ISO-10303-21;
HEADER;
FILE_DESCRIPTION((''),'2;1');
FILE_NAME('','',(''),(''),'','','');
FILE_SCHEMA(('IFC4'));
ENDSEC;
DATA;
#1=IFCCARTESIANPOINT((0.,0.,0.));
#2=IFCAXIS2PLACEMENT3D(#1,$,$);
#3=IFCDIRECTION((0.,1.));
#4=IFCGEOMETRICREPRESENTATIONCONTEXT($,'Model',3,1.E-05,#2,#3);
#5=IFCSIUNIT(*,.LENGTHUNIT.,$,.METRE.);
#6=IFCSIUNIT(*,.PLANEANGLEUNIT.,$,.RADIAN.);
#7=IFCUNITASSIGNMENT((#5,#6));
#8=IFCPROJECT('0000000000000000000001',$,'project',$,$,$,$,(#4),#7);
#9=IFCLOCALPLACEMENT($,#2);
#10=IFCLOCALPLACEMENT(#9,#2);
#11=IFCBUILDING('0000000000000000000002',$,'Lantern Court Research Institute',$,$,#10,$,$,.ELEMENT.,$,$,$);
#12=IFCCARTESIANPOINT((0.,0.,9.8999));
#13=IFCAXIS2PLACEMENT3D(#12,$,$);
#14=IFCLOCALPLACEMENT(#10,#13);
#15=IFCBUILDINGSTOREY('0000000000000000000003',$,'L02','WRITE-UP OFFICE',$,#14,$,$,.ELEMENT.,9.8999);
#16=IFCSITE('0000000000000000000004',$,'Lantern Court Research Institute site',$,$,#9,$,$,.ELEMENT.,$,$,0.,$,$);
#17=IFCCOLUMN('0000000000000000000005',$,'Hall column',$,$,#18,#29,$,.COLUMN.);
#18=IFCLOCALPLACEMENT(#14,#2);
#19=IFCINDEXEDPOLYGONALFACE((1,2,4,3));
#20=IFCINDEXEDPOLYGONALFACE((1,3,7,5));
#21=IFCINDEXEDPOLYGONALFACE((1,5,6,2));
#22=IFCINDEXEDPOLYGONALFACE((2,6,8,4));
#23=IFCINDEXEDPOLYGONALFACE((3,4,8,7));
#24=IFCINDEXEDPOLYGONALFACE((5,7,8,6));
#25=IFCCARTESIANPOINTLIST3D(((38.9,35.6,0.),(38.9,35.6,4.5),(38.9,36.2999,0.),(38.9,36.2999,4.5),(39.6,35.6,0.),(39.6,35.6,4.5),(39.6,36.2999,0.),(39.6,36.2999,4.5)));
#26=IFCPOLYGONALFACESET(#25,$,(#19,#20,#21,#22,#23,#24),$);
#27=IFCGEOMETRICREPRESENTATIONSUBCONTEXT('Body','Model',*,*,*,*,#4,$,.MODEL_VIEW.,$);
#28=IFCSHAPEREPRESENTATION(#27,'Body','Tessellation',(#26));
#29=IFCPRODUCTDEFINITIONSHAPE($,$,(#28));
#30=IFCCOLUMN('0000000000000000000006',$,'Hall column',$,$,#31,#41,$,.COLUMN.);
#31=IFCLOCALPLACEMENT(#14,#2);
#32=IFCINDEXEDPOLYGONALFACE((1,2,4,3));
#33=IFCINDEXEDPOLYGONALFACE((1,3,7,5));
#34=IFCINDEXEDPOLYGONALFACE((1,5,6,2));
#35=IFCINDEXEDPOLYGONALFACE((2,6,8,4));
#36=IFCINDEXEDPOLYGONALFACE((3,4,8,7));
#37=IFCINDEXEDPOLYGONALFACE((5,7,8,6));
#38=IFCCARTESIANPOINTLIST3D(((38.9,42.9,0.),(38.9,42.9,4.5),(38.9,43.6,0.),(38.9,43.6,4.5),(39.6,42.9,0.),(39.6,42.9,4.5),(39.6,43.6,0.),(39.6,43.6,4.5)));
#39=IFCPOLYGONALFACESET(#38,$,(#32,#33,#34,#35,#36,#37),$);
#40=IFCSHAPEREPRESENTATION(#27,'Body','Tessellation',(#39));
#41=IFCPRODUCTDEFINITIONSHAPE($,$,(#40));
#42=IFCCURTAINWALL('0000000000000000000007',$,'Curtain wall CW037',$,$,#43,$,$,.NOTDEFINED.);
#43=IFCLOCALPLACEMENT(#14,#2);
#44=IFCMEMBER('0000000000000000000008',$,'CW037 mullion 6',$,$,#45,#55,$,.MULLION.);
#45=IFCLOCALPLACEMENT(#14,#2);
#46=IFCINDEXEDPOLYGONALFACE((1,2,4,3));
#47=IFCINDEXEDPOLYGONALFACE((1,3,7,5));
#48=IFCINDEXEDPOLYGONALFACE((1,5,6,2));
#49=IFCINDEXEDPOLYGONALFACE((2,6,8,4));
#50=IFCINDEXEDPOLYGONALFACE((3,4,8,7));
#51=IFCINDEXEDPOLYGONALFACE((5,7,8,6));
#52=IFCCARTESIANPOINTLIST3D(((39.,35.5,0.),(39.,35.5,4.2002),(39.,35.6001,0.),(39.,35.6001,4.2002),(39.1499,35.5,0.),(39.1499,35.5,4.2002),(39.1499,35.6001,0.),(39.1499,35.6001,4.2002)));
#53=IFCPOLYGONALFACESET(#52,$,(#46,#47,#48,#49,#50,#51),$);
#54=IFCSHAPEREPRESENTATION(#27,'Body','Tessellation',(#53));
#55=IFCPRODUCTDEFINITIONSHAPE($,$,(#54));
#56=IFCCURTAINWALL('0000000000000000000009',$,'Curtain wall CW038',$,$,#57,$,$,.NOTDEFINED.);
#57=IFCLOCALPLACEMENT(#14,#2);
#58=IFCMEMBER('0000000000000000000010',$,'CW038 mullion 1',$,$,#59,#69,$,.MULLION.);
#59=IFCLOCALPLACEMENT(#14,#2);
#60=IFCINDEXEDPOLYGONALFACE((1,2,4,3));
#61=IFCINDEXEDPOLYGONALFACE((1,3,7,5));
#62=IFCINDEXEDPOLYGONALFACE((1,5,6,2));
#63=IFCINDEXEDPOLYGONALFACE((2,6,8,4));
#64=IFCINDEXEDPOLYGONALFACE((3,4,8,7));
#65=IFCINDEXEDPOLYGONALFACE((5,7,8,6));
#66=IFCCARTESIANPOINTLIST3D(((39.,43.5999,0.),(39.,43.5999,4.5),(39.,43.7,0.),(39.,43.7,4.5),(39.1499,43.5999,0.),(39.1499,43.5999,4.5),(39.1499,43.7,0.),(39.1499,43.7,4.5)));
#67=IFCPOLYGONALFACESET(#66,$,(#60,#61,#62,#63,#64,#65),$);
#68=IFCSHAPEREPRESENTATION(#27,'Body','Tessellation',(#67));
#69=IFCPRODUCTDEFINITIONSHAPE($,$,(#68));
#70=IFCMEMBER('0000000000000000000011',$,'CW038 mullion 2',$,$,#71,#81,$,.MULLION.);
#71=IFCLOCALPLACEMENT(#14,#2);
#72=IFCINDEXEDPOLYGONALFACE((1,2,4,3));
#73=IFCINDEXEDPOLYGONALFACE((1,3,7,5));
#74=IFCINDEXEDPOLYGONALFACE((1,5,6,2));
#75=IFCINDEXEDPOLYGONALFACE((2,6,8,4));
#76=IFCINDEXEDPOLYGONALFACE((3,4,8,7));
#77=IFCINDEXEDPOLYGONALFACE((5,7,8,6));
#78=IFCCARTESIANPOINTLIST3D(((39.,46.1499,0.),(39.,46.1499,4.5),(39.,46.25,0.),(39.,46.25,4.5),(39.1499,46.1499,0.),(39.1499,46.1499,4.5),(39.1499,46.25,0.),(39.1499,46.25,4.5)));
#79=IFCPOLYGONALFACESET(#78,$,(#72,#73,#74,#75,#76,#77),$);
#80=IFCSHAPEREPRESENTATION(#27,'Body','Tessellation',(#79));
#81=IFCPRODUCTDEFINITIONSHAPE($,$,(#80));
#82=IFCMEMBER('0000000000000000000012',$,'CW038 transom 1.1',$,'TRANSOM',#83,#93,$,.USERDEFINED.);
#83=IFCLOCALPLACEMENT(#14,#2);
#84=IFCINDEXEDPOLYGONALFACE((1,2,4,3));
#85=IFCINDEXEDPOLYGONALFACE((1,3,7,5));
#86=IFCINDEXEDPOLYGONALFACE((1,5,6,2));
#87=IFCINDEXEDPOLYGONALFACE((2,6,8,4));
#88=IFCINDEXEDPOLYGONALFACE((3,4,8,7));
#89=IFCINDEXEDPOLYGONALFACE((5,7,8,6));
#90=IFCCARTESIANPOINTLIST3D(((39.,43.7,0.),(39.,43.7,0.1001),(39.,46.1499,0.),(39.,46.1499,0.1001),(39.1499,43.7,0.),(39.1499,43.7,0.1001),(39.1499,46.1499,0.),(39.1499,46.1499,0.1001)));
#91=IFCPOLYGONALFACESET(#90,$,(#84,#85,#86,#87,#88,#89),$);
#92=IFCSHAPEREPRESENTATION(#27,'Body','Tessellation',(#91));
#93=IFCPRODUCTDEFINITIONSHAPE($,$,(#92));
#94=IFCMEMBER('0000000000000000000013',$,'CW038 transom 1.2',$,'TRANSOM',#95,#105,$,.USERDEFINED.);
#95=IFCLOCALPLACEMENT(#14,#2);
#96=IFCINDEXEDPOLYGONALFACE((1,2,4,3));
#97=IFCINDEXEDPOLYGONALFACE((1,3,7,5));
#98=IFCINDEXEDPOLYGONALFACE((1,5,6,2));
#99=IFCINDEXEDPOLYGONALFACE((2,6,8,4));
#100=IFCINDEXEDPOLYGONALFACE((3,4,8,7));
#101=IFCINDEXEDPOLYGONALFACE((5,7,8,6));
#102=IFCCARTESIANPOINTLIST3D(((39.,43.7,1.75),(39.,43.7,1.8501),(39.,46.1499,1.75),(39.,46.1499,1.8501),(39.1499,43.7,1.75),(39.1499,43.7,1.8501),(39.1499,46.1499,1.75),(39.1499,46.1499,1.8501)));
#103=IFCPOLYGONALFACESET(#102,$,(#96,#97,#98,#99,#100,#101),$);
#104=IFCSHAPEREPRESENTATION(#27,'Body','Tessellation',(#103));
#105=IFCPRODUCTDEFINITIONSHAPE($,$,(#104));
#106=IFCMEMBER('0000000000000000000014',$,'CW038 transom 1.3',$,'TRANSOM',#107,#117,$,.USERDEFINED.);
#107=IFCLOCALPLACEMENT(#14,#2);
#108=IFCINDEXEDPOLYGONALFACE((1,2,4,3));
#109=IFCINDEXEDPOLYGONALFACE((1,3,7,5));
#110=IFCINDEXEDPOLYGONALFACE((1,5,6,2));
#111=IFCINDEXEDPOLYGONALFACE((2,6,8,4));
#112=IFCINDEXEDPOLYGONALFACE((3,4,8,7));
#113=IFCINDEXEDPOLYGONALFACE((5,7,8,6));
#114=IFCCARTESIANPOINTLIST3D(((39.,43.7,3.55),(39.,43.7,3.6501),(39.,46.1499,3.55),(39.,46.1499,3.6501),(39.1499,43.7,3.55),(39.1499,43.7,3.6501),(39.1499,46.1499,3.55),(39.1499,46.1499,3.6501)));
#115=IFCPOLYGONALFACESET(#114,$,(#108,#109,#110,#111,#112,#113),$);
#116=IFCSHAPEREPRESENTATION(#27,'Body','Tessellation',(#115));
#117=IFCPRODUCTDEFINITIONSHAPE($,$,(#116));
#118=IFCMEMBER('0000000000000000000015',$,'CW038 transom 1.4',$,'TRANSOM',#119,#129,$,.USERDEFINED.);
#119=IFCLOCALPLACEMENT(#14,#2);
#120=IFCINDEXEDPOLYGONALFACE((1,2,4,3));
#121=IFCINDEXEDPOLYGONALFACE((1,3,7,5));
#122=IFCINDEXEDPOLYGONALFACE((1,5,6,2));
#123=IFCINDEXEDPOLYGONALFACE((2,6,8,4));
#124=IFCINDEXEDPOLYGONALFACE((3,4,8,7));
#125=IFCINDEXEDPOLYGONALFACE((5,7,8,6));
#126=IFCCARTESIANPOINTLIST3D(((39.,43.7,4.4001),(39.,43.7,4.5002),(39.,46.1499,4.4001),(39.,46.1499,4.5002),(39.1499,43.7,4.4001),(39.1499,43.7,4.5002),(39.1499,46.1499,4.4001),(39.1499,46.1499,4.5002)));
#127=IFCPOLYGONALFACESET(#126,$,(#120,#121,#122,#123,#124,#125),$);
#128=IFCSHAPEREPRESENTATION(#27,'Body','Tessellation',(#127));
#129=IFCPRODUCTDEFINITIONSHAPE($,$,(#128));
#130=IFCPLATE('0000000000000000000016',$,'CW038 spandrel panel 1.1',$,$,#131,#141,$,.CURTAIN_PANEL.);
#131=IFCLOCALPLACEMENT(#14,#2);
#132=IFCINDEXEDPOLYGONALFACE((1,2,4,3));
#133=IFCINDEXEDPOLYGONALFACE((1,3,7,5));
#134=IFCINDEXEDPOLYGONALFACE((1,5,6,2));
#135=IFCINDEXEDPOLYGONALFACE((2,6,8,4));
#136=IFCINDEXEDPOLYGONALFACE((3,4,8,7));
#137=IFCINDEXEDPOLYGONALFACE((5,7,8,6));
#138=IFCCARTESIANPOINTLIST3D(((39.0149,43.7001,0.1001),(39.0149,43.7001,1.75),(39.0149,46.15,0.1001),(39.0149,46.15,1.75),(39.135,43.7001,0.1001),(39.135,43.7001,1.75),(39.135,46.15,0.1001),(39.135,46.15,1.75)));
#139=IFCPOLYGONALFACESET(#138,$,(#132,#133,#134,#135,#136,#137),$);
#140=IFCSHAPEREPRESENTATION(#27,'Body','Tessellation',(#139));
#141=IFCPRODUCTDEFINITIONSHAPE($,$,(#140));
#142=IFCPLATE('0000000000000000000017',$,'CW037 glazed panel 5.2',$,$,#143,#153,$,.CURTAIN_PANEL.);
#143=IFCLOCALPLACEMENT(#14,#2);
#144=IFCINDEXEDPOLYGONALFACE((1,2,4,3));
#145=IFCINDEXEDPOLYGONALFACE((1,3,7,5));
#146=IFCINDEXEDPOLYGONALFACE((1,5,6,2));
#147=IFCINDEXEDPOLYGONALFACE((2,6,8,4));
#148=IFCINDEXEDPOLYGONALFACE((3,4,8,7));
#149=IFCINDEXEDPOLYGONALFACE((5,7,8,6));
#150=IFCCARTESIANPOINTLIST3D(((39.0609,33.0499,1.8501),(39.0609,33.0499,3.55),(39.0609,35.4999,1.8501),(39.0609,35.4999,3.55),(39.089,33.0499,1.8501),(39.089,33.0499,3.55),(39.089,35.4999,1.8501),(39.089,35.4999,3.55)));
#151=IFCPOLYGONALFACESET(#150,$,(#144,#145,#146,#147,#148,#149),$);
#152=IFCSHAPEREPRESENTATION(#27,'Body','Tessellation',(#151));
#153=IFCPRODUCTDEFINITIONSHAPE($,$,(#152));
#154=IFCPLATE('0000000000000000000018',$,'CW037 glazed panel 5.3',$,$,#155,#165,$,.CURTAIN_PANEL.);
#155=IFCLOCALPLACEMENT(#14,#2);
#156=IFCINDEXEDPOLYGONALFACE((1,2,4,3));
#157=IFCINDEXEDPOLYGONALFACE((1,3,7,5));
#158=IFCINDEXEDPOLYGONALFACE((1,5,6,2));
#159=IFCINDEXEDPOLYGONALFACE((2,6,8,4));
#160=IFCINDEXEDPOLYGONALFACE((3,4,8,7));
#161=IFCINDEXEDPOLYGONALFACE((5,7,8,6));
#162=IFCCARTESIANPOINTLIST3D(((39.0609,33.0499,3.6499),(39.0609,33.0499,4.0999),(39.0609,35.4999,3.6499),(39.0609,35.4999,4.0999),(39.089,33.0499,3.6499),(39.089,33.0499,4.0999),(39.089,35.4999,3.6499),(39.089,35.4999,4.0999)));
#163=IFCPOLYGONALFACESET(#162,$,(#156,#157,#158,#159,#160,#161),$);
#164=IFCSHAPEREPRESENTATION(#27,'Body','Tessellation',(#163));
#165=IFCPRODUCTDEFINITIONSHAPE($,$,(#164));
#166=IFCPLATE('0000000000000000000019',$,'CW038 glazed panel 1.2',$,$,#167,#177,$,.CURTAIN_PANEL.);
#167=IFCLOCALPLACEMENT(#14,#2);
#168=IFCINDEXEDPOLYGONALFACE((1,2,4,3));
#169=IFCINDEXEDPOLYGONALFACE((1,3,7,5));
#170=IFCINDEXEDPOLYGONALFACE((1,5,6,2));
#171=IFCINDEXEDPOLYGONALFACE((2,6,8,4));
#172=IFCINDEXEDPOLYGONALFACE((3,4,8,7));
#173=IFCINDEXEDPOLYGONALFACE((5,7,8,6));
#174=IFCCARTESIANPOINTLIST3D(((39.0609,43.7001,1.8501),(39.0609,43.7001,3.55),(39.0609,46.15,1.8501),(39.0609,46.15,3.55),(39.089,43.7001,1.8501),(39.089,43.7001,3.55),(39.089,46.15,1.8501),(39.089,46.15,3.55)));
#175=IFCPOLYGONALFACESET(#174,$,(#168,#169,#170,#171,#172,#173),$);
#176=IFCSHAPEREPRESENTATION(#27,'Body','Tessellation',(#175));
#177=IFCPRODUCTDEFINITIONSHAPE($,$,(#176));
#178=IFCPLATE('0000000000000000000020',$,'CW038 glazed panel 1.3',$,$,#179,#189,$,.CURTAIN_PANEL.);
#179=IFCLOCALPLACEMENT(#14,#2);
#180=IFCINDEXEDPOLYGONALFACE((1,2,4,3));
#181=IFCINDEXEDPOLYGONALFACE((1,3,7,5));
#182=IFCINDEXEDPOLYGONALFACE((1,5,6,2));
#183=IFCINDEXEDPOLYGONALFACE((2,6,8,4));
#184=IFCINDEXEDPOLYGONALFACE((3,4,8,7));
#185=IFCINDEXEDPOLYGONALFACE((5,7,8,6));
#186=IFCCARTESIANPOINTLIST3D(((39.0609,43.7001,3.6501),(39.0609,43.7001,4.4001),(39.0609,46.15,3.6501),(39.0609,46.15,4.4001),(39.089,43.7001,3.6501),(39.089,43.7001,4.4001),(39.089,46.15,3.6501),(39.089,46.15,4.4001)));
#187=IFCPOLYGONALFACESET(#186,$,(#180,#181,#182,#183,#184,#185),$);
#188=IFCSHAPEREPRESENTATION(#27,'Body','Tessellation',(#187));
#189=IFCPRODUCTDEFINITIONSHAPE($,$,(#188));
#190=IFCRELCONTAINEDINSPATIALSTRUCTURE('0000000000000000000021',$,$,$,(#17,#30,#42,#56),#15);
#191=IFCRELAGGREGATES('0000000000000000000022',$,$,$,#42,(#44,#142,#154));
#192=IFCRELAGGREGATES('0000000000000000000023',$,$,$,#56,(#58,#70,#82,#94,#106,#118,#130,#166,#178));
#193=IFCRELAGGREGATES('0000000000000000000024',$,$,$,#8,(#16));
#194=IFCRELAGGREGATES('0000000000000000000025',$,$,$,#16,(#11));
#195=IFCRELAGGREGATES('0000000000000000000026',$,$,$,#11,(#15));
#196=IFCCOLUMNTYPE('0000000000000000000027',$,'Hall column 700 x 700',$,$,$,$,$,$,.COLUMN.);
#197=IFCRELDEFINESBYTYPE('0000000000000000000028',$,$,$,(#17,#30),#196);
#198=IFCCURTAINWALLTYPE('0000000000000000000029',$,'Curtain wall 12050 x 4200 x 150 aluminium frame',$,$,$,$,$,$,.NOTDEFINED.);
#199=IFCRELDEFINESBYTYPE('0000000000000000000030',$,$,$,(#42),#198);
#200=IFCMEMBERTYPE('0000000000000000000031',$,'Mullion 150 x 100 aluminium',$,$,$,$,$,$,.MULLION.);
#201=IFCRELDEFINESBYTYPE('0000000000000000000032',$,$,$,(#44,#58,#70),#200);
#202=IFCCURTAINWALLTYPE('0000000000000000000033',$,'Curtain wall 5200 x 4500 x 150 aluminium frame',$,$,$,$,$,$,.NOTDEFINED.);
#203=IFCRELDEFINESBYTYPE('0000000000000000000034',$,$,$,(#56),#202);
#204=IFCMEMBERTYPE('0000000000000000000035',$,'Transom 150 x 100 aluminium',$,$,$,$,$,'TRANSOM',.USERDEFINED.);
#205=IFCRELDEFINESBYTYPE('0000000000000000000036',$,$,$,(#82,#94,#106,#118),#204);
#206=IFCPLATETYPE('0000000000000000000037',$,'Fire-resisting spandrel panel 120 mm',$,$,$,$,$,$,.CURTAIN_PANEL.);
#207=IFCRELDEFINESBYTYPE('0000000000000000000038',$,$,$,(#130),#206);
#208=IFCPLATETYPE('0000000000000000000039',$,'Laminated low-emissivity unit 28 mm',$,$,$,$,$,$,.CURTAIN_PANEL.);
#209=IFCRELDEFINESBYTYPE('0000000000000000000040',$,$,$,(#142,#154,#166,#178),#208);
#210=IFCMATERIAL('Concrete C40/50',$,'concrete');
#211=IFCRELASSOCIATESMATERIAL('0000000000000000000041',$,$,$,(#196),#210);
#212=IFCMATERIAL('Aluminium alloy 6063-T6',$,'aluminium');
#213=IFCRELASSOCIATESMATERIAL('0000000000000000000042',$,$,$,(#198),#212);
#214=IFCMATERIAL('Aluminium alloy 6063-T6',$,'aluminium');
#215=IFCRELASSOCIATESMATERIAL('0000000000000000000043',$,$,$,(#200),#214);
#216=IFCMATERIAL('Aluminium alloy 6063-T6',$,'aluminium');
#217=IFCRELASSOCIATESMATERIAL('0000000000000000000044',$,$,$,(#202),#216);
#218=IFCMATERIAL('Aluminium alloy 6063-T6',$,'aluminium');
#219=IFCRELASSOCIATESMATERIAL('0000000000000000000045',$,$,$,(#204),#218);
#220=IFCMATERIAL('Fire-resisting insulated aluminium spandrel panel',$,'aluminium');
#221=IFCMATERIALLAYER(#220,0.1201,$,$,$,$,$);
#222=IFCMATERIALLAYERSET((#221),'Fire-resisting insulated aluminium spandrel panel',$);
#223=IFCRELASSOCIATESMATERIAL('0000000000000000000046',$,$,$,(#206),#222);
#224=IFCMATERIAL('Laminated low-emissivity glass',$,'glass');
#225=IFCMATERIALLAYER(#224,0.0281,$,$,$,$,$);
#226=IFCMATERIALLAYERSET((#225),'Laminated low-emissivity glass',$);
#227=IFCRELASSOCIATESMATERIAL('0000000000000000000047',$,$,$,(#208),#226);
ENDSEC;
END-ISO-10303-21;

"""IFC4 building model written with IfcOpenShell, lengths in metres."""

from ifc_helpers import new_model, si_unit, direction, frame, origin, origin_2d, place, context, subcontext, project, spatial, rectangle, extrude, material, layer, layer_set, material_profile, profile_set, type_object, element, aggregate, save


model = new_model("IFC4")

# Units and contexts
model_context = context("Model", 3, precision=1e-05, world=origin(), true_north=direction((0.0, 1.0)))
body_context = subcontext(model_context, "Body", "Model", "MODEL_VIEW")
ifc_project = project(units=[si_unit("LENGTHUNIT", "METRE"), si_unit("PLANEANGLEUNIT", "RADIAN")], contexts=[model_context])

# Site, building, storey
site_placement = place(None, origin())
site = spatial("IfcSite", under=ifc_project, at=site_placement, Name="Lantern Court Research Institute site", CompositionType="ELEMENT", RefElevation=0.0)
building_placement = place(site_placement, origin())
building = spatial("IfcBuilding", under=site, at=building_placement, Name="Lantern Court Research Institute", CompositionType="ELEMENT")
storey_placement = place(building_placement, frame((0.0, 0.0, 9.8999)))
storey = spatial("IfcBuildingStorey", under=building, at=storey_placement, Name="L02", Description="WRITE-UP OFFICE", CompositionType="ELEMENT", Elevation=9.8999)

# Columns
ifc_material_1 = material(Name="Concrete C40/50", Category="concrete")
ifc_material_profile_1 = material_profile(ifc_material_1, rectangle(XDim=0.7, YDim=0.7, at=origin_2d()), Name="Hall column 700 x 700")
ifc_profile_set_1 = profile_set([ifc_material_profile_1], Name="Concrete C40/50")
column_type = type_object("IfcColumnType", Name="Hall column 700 x 700", PredefinedType="COLUMN", material=ifc_profile_set_1)
for number, where, z_axis, x_axis, name in (
    (1, (39.25, 35.95, 0.0), (0.0, 0.0, 1.0), (1.0, 0.0, 0.0), "Hall column"),
    (2, (39.25, 43.25, 0.0), (0.0, 0.0, 1.0), (1.0, 0.0, 0.0), "Hall column"),
):
    element("IfcColumn", number, at=place(storey_placement, frame(where, z_axis=z_axis, x_axis=x_axis)), inside=storey, type_object=column_type, Name=name, PredefinedType="COLUMN", context=body_context, shape_type="SweptSolid", body=[
        extrude(rectangle(XDim=0.7, YDim=0.7, at=origin_2d()), origin(), (0.0, 0.0, 1.0), 4.5),
    ])

# Curtain wall, member
ifc_material_2 = material(Name="Aluminium alloy 6063-T6", Category="aluminium")
curtain_wall_type_1 = type_object("IfcCurtainWallType", Name="Curtain wall 12050 x 4200 x 150 aluminium frame", PredefinedType="NOTDEFINED", material=ifc_material_2)
curtain_wall_1_placement = place(storey_placement, origin())
curtain_wall_1 = element("IfcCurtainWall", 3, at=curtain_wall_1_placement, inside=storey, type_object=curtain_wall_type_1, Name="Curtain wall CW037", PredefinedType="NOTDEFINED")
ifc_material_3 = material(Name="Aluminium alloy 6063-T6", Category="aluminium")
ifc_material_profile_2 = material_profile(ifc_material_3, rectangle(XDim=0.1499, YDim=0.1001, at=origin_2d()), Name="Mullion 150 x 100")
ifc_profile_set_2 = profile_set([ifc_material_profile_2], Name="Aluminium alloy 6063-T6")
member_type_1 = type_object("IfcMemberType", Name="Mullion 150 x 100 aluminium", PredefinedType="MULLION", material=ifc_profile_set_2)
member_1_placement = place(storey_placement, frame((39.075, 35.55, 0.0), z_axis=(0.0, 0.0, 1.0), x_axis=(-1.0, 0.0, 0.0)))
member_1 = element("IfcMember", 4, at=member_1_placement, type_object=member_type_1, Name="CW037 mullion 6", PredefinedType="MULLION", context=body_context, shape_type="SweptSolid", body=[
    extrude(rectangle(XDim=0.1499, YDim=0.1001, at=origin_2d()), origin(), (0.0, 0.0, 1.0), 4.2002),
])

# Curtain wall, members, plate
ifc_material_4 = material(Name="Aluminium alloy 6063-T6", Category="aluminium")
curtain_wall_type_2 = type_object("IfcCurtainWallType", Name="Curtain wall 5200 x 4500 x 150 aluminium frame", PredefinedType="NOTDEFINED", material=ifc_material_4)
curtain_wall_2_placement = place(storey_placement, origin())
curtain_wall_2 = element("IfcCurtainWall", 5, at=curtain_wall_2_placement, inside=storey, type_object=curtain_wall_type_2, Name="Curtain wall CW038", PredefinedType="NOTDEFINED")
member_2_placement = place(storey_placement, frame((39.075, 43.6499, 0.0), z_axis=(0.0, 0.0, 1.0), x_axis=(-1.0, 0.0, 0.0)))
member_2 = element("IfcMember", 6, at=member_2_placement, type_object=member_type_1, Name="CW038 mullion 1", PredefinedType="MULLION", context=body_context, shape_type="SweptSolid", body=[
    extrude(rectangle(XDim=0.1499, YDim=0.1001, at=origin_2d()), origin(), (0.0, 0.0, 1.0), 4.5),
])
member_3_placement = place(storey_placement, frame((39.075, 46.2, 0.0), z_axis=(0.0, 0.0, 1.0), x_axis=(-1.0, 0.0, 0.0)))
member_3 = element("IfcMember", 7, at=member_3_placement, type_object=member_type_1, Name="CW038 mullion 2", PredefinedType="MULLION", context=body_context, shape_type="SweptSolid", body=[
    extrude(rectangle(XDim=0.1499, YDim=0.1001, at=origin_2d()), origin(), (0.0, 0.0, 1.0), 4.5),
])
ifc_material_5 = material(Name="Aluminium alloy 6063-T6", Category="aluminium")
ifc_material_profile_3 = material_profile(ifc_material_5, rectangle(XDim=0.1499, YDim=0.1001, at=origin_2d()), Name="Transom 150 x 100")
ifc_profile_set_3 = profile_set([ifc_material_profile_3], Name="Aluminium alloy 6063-T6")
member_type_2 = type_object("IfcMemberType", Name="Transom 150 x 100 aluminium", ElementType="TRANSOM", PredefinedType="USERDEFINED", material=ifc_profile_set_3)
member_4_placement = place(storey_placement, frame((39.075, 43.7, 0.05), z_axis=(0.0, 1.0, 0.0), x_axis=(-1.0, 0.0, 0.0)))
member_4 = element("IfcMember", 8, at=member_4_placement, type_object=member_type_2, Name="CW038 transom 1.1", ObjectType="TRANSOM", PredefinedType="USERDEFINED", context=body_context, shape_type="SweptSolid", body=[
    extrude(rectangle(XDim=0.1499, YDim=0.1001, at=origin_2d()), origin(), (0.0, 0.0, 1.0), 2.45),
])
member_5_placement = place(storey_placement, frame((39.075, 43.7, 1.8), z_axis=(0.0, 1.0, 0.0), x_axis=(-1.0, 0.0, 0.0)))
member_5 = element("IfcMember", 9, at=member_5_placement, type_object=member_type_2, Name="CW038 transom 1.2", ObjectType="TRANSOM", PredefinedType="USERDEFINED", context=body_context, shape_type="SweptSolid", body=[
    extrude(rectangle(XDim=0.1499, YDim=0.1001, at=origin_2d()), origin(), (0.0, 0.0, 1.0), 2.45),
])
member_6_placement = place(storey_placement, frame((39.075, 43.7, 3.6001), z_axis=(0.0, 1.0, 0.0), x_axis=(-1.0, 0.0, 0.0)))
member_6 = element("IfcMember", 10, at=member_6_placement, type_object=member_type_2, Name="CW038 transom 1.3", ObjectType="TRANSOM", PredefinedType="USERDEFINED", context=body_context, shape_type="SweptSolid", body=[
    extrude(rectangle(XDim=0.1499, YDim=0.1001, at=origin_2d()), origin(), (0.0, 0.0, 1.0), 2.45),
])
member_7_placement = place(storey_placement, frame((39.075, 43.7, 4.4502), z_axis=(0.0, 1.0, 0.0), x_axis=(-1.0, 0.0, 0.0)))
member_7 = element("IfcMember", 11, at=member_7_placement, type_object=member_type_2, Name="CW038 transom 1.4", ObjectType="TRANSOM", PredefinedType="USERDEFINED", context=body_context, shape_type="SweptSolid", body=[
    extrude(rectangle(XDim=0.1499, YDim=0.1001, at=origin_2d()), origin(), (0.0, 0.0, 1.0), 2.45),
])
ifc_material_6 = material(Name="Fire-resisting insulated aluminium spandrel panel", Category="aluminium")
ifc_layer_1 = layer(ifc_material_6, 0.1201)
ifc_layer_set_1 = layer_set([ifc_layer_1], Name="Fire-resisting insulated aluminium spandrel panel")
plate_type_1 = type_object("IfcPlateType", Name="Fire-resisting spandrel panel 120 mm", PredefinedType="CURTAIN_PANEL", material=ifc_layer_set_1)
plate_1_placement = place(storey_placement, frame((39.075, 44.925, 0.1001), z_axis=(0.0, 0.0, 1.0), x_axis=(0.0, 1.0, 0.0)))
plate_1 = element("IfcPlate", 12, at=plate_1_placement, type_object=plate_type_1, Name="CW038 spandrel panel 1.1", PredefinedType="CURTAIN_PANEL", context=body_context, shape_type="SweptSolid", body=[
    extrude(rectangle(XDim=2.45, YDim=0.1201, at=origin_2d()), origin(), (0.0, 0.0, 1.0), 1.6499),
])

# Plates
ifc_material_7 = material(Name="Laminated low-emissivity glass", Category="glass")
ifc_layer_2 = layer(ifc_material_7, 0.0281)
ifc_layer_set_2 = layer_set([ifc_layer_2], Name="Laminated low-emissivity glass")
plate_type_2 = type_object("IfcPlateType", Name="Laminated low-emissivity unit 28 mm", PredefinedType="CURTAIN_PANEL", material=ifc_layer_set_2)
plate_2_placement = place(storey_placement, frame((39.075, 34.2749, 1.8501), z_axis=(0.0, 0.0, 1.0), x_axis=(0.0, 1.0, 0.0)))
plate_2 = element("IfcPlate", 13, at=plate_2_placement, type_object=plate_type_2, Name="CW037 glazed panel 5.2", PredefinedType="CURTAIN_PANEL", context=body_context, shape_type="SweptSolid", body=[
    extrude(rectangle(XDim=2.45, YDim=0.0281, at=origin_2d()), origin(), (0.0, 0.0, 1.0), 1.7),
])
plate_3_placement = place(storey_placement, frame((39.075, 34.2749, 3.6499), z_axis=(0.0, 0.0, 1.0), x_axis=(0.0, 1.0, 0.0)))
plate_3 = element("IfcPlate", 14, at=plate_3_placement, type_object=plate_type_2, Name="CW037 glazed panel 5.3", PredefinedType="CURTAIN_PANEL", context=body_context, shape_type="SweptSolid", body=[
    extrude(rectangle(XDim=2.45, YDim=0.0281, at=origin_2d()), origin(), (0.0, 0.0, 1.0), 0.45),
])
aggregate(curtain_wall_1, [member_1, plate_2, plate_3])
plate_4_placement = place(storey_placement, frame((39.075, 44.925, 1.8501), z_axis=(0.0, 0.0, 1.0), x_axis=(0.0, 1.0, 0.0)))
plate_4 = element("IfcPlate", 15, at=plate_4_placement, type_object=plate_type_2, Name="CW038 glazed panel 1.2", PredefinedType="CURTAIN_PANEL", context=body_context, shape_type="SweptSolid", body=[
    extrude(rectangle(XDim=2.45, YDim=0.0281, at=origin_2d()), origin(), (0.0, 0.0, 1.0), 1.7),
])
plate_5_placement = place(storey_placement, frame((39.075, 44.925, 3.6501), z_axis=(0.0, 0.0, 1.0), x_axis=(0.0, 1.0, 0.0)))
plate_5 = element("IfcPlate", 16, at=plate_5_placement, type_object=plate_type_2, Name="CW038 glazed panel 1.3", PredefinedType="CURTAIN_PANEL", context=body_context, shape_type="SweptSolid", body=[
    extrude(rectangle(XDim=2.45, YDim=0.0281, at=origin_2d()), origin(), (0.0, 0.0, 1.0), 0.75),
])
aggregate(curtain_wall_2, [member_2, member_3, member_4, member_5, member_6, member_7, plate_1, plate_4, plate_5])

save(model, "model.ifc")
